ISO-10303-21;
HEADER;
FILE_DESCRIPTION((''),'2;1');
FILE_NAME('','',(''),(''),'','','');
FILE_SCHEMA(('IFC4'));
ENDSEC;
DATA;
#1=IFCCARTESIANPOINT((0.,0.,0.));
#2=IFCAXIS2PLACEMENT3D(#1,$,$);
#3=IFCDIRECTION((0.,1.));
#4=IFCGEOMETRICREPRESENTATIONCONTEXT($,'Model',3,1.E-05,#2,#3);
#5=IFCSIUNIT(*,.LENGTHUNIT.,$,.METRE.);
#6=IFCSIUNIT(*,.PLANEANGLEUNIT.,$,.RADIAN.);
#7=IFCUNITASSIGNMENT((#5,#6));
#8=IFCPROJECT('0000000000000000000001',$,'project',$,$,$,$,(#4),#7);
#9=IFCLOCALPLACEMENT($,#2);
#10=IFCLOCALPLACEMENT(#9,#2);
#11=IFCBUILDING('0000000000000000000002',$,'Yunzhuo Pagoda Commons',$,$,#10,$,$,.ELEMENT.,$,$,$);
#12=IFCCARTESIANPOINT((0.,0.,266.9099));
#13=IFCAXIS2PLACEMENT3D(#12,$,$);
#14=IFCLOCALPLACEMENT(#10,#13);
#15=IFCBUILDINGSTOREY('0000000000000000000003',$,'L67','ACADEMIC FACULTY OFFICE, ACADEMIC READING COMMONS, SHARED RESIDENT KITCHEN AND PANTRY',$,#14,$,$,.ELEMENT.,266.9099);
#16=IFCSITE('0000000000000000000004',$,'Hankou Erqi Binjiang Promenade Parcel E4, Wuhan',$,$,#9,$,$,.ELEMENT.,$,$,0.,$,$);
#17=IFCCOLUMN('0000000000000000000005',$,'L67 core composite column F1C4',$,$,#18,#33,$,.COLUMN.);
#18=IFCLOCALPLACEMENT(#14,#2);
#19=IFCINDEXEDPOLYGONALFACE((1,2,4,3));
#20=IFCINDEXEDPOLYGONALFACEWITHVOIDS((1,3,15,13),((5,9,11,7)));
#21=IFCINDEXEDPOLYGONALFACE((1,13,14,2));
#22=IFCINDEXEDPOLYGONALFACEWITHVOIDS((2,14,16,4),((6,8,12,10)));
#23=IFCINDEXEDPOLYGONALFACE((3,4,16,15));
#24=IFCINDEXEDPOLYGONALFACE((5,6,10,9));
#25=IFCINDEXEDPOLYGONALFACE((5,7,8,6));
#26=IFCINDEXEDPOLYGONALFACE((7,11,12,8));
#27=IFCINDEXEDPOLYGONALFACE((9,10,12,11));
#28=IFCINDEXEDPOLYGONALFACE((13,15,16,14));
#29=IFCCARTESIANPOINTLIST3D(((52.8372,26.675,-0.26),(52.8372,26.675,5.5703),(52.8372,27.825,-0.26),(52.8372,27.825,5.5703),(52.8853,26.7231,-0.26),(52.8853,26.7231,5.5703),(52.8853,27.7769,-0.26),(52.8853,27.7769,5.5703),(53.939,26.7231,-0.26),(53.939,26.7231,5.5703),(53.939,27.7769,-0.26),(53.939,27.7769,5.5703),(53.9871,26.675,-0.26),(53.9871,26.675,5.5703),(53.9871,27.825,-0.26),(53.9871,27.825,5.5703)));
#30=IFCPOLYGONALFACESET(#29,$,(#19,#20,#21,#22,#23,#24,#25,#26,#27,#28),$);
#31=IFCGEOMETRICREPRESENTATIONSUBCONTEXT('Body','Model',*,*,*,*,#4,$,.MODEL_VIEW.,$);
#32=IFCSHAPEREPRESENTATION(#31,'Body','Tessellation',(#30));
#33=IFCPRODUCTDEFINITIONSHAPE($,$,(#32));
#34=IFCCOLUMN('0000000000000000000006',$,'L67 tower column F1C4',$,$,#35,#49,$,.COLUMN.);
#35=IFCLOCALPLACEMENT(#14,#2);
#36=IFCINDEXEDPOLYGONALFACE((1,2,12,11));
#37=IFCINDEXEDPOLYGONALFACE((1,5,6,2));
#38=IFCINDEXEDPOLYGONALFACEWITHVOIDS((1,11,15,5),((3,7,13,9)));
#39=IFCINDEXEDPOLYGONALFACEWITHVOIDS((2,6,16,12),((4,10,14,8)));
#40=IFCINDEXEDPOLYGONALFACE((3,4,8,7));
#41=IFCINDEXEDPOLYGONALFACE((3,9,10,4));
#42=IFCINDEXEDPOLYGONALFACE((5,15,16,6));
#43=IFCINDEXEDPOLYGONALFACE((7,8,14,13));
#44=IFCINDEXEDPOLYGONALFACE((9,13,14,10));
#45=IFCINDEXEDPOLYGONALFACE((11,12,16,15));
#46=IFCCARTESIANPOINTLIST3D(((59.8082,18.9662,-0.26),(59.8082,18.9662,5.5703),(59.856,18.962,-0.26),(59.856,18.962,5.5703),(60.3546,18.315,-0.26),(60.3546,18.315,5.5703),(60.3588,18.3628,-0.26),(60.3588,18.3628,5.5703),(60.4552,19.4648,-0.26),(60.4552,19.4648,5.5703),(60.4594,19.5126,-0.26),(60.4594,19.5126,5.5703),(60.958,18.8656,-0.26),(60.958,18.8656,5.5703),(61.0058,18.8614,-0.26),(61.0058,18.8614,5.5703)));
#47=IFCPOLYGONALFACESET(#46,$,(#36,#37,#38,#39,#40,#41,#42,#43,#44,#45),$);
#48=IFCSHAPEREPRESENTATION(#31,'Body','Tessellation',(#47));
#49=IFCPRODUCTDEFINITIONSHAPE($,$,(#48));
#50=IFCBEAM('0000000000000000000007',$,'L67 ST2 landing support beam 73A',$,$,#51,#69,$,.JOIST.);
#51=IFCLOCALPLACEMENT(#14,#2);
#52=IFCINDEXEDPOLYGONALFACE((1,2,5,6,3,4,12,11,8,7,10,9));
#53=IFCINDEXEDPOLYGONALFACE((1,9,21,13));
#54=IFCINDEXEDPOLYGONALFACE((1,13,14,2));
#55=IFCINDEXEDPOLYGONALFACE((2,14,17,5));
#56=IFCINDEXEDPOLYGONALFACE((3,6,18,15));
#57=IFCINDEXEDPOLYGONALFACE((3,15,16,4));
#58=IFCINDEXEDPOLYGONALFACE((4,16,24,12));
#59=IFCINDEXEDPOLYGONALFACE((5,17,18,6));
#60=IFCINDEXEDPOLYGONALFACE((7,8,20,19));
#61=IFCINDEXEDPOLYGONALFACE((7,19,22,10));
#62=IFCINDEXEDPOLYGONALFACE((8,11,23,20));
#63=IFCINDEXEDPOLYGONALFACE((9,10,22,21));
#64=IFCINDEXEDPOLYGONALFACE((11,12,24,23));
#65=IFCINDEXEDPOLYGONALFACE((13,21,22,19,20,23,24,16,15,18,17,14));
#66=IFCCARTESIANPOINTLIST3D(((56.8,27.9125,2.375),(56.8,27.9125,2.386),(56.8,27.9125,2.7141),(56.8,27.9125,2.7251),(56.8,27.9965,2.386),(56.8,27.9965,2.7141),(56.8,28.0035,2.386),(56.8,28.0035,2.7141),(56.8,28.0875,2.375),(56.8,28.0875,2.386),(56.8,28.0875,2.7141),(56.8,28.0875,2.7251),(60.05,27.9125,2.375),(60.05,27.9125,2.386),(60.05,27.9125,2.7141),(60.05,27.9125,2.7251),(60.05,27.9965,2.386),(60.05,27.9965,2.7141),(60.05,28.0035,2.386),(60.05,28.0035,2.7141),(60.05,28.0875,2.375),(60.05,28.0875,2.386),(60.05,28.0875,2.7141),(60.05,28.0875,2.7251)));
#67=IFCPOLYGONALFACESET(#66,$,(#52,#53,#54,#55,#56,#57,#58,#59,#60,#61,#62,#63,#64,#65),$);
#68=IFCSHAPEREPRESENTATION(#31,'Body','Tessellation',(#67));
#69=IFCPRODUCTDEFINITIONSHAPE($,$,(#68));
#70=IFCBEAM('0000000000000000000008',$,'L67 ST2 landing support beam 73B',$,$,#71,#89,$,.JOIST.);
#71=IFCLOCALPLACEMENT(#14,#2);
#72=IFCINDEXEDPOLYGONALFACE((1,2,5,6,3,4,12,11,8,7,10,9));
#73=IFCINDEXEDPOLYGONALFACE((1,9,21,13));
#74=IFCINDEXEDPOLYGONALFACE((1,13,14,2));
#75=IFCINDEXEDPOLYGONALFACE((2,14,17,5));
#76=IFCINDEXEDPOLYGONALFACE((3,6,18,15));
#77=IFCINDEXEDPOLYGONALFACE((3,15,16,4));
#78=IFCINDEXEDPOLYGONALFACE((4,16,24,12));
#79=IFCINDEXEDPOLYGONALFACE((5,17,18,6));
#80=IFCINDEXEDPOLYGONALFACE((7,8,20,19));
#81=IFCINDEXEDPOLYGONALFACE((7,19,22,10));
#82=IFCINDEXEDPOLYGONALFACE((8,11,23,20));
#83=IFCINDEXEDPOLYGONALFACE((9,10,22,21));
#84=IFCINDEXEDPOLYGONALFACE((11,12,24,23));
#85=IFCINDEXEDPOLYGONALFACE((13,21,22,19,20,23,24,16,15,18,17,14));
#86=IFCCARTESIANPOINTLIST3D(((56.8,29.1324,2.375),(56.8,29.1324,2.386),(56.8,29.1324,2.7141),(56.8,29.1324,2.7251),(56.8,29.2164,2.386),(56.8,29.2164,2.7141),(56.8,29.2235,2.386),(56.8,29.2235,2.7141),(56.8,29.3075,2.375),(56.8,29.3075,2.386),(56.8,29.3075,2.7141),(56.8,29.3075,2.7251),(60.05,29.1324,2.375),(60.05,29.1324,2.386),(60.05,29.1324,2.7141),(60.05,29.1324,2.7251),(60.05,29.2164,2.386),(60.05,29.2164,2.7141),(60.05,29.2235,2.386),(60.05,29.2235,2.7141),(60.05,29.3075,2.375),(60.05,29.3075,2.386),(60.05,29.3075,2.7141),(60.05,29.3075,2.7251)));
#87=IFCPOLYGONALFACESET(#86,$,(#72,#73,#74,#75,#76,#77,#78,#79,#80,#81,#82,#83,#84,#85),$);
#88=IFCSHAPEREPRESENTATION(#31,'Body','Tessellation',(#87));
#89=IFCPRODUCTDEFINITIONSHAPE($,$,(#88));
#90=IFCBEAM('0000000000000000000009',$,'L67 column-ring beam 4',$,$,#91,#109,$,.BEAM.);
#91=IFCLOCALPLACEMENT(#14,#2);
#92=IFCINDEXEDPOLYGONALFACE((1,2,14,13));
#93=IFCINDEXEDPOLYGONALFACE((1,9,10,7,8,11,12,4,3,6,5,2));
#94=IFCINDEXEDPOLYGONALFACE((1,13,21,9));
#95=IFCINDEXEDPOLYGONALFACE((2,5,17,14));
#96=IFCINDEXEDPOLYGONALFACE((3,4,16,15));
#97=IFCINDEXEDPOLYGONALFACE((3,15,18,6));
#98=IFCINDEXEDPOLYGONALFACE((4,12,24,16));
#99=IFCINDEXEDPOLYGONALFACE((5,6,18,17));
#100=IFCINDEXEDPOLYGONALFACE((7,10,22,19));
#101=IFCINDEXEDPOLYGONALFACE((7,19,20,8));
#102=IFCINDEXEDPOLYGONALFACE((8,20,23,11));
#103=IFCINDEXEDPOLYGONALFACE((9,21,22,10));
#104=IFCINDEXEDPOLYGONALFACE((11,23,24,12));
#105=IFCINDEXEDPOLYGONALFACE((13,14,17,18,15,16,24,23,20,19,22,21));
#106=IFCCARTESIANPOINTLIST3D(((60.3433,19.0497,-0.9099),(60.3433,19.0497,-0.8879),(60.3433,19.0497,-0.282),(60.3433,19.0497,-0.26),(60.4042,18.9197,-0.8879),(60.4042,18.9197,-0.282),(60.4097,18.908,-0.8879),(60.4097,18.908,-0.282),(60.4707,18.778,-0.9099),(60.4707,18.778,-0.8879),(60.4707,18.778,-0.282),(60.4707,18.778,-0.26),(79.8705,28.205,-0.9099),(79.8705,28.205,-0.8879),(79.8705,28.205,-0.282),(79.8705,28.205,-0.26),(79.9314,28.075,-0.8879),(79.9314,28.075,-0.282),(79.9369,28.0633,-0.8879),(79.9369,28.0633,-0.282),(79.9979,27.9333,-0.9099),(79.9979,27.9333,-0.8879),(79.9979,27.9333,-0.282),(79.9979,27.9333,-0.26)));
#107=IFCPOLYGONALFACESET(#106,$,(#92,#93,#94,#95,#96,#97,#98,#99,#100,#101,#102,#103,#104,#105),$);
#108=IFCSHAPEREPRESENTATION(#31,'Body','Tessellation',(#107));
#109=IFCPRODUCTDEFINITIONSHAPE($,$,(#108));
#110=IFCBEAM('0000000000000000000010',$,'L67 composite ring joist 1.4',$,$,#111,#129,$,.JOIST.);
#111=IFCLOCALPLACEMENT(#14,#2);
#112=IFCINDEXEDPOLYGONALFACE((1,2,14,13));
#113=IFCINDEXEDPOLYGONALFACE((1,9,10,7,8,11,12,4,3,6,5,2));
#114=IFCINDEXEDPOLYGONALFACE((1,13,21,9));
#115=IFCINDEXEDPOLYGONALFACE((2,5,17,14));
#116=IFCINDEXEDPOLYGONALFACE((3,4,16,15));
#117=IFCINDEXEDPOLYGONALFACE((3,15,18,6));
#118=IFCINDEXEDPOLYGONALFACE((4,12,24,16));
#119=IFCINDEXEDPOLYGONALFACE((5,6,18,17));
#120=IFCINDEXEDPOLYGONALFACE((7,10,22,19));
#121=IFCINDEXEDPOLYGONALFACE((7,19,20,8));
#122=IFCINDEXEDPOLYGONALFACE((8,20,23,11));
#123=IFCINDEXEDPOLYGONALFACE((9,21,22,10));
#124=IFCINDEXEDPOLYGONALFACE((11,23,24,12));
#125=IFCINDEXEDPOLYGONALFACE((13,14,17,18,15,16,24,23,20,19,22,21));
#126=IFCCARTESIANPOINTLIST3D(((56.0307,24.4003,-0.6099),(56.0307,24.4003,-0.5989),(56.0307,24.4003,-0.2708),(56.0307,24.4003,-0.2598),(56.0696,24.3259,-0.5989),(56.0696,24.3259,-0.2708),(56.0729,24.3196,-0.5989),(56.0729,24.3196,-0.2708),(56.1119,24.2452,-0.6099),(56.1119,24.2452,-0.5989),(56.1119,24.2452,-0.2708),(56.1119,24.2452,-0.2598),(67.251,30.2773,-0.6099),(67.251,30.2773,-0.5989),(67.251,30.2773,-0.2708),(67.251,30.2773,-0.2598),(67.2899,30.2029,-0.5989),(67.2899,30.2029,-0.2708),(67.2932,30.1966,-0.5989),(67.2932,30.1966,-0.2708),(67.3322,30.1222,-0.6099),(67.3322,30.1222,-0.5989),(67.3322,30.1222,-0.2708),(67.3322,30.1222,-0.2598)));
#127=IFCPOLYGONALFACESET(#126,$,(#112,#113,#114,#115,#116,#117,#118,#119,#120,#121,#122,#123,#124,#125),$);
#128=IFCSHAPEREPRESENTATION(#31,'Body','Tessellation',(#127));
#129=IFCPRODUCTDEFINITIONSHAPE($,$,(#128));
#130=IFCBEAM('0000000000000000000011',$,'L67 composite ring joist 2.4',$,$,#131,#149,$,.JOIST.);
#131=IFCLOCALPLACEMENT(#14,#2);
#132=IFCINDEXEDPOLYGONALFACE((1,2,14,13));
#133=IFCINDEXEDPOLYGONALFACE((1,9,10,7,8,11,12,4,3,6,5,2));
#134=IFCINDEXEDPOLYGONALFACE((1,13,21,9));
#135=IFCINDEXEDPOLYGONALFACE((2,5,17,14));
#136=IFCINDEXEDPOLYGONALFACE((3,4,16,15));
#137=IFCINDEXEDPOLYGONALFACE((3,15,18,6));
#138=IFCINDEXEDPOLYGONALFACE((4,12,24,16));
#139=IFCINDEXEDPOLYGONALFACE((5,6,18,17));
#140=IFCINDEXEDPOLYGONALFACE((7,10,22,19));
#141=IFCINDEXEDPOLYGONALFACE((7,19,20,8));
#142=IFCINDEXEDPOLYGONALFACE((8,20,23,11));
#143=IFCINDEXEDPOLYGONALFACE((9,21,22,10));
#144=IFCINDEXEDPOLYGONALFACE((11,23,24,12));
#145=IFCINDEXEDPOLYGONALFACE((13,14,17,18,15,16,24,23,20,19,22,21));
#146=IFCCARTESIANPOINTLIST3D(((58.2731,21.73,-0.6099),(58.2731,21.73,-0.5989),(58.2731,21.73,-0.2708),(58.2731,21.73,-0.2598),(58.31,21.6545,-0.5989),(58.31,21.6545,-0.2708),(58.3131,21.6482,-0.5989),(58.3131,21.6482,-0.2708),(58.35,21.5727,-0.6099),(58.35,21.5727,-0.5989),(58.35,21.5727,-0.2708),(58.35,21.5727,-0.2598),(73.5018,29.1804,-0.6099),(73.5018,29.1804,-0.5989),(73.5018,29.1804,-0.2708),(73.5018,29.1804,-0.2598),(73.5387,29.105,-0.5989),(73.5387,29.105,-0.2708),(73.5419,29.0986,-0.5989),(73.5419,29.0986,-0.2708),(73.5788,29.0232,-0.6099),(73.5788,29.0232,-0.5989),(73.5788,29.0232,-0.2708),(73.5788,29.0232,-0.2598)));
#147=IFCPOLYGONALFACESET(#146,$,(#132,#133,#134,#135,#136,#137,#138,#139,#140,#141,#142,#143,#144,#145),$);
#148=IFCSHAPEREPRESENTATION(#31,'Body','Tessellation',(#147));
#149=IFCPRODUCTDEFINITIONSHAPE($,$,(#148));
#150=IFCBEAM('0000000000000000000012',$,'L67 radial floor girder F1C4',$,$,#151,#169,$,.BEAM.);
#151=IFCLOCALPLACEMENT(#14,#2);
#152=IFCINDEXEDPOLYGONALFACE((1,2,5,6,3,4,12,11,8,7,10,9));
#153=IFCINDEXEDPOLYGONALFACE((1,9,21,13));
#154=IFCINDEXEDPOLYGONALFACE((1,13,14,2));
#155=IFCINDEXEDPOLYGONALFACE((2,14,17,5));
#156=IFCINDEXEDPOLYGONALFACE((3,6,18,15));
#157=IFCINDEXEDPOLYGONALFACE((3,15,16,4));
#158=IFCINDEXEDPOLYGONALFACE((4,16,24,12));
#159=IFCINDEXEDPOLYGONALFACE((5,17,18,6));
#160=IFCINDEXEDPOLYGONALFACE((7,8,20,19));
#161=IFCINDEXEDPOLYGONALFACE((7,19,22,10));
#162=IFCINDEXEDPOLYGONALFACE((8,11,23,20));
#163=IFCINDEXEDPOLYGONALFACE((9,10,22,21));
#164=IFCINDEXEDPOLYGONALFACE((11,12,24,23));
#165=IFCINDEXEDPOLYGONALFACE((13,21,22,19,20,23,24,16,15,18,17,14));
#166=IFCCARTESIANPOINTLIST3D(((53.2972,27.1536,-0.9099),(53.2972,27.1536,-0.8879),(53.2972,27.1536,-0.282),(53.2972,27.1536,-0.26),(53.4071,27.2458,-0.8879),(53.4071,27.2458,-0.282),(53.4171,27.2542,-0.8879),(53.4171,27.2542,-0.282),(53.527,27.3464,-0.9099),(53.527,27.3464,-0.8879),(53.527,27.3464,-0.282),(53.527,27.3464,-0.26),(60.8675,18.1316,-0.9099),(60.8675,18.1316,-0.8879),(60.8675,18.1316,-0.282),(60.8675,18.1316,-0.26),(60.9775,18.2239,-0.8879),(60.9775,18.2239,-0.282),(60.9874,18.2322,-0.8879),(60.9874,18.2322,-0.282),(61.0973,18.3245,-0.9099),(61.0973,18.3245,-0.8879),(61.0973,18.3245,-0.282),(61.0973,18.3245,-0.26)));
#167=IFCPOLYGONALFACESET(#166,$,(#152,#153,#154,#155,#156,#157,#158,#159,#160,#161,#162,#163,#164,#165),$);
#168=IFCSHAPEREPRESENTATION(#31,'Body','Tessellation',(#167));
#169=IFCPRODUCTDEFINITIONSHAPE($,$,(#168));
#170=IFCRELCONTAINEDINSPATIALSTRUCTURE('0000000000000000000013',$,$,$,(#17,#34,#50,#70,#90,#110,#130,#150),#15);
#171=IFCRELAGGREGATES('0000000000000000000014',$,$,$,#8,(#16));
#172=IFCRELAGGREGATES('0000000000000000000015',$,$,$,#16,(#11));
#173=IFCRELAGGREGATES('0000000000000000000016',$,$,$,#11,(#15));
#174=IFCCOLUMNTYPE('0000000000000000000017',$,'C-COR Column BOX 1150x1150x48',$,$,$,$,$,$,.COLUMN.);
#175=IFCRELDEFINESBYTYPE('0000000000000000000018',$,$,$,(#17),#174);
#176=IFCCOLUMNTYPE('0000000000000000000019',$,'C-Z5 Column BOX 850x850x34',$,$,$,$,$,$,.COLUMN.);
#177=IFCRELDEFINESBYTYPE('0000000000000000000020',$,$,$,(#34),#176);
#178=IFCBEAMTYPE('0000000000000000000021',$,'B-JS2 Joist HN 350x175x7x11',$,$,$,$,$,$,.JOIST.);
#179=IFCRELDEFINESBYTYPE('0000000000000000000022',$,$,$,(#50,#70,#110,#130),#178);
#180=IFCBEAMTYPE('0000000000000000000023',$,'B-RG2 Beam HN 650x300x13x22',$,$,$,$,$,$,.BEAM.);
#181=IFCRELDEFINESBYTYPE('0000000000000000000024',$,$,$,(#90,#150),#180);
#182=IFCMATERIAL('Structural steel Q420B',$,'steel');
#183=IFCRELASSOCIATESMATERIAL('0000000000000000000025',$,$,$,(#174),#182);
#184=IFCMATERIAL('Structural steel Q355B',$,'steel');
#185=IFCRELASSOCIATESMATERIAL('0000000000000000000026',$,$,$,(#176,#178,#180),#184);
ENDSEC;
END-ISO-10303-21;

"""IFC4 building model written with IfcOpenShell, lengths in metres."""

from ifc_helpers import new_model, si_unit, direction, frame, origin, origin_2d, place, context, subcontext, project, spatial, hollow_rectangle, i_section, extrude, source, transform, mapped, material, material_profile, profile_set, type_object, element, save


model = new_model("IFC4")

# Units and contexts
model_context = context("Model", 3, precision=1e-05, world=origin(), true_north=direction((0.0, 1.0)))
body_context = subcontext(model_context, "Body", "Model", "MODEL_VIEW")
ifc_project = project(units=[si_unit("LENGTHUNIT", "METRE"), si_unit("PLANEANGLEUNIT", "RADIAN")], contexts=[model_context])

# Site, building, storey
site_placement = place(None, origin())
site = spatial("IfcSite", under=ifc_project, at=site_placement, Name="Hankou Erqi Binjiang Promenade Parcel E4, Wuhan", CompositionType="ELEMENT", RefElevation=0.0)
building_placement = place(site_placement, origin())
building = spatial("IfcBuilding", under=site, at=building_placement, Name="Yunzhuo Pagoda Commons", CompositionType="ELEMENT")
storey_placement = place(building_placement, frame((0.0, 0.0, 266.9099)))
storey = spatial("IfcBuildingStorey", under=building, at=storey_placement, Name="L67", Description="ACADEMIC FACULTY OFFICE, ACADEMIC READING COMMONS, SHARED RESIDENT KITCHEN AND PANTRY", CompositionType="ELEMENT", Elevation=266.9099)

# Columns
ifc_material_1 = material(Name="Structural steel Q420B", Category="steel")
ifc_material_profile_1 = material_profile(ifc_material_1, hollow_rectangle(XDim=1.1499, YDim=1.1499, WallThickness=0.0481, at=origin_2d()), Name="Structural steel Q420B")
ifc_profile_set_1 = profile_set([ifc_material_profile_1], Name="Structural steel Q420B")
column_type_1 = type_object("IfcColumnType", Name="C-COR Column BOX 1150x1150x48", PredefinedType="COLUMN", material=ifc_profile_set_1)
shared_shape_1 = source(origin(), body_context, "Body", "SweptSolid", [
    extrude(hollow_rectangle(XDim=1.1499, YDim=1.1499, WallThickness=0.0481, at=origin_2d()), origin(), (0.0, 0.0, 1.0), 5.8303),
])
column_1_placement = place(storey_placement, frame((53.4121, 27.25, -0.26), z_axis=(0.0, 0.0, 1.0), x_axis=(1.0, 0.0, 0.0)))
element("IfcColumn", 1, at=column_1_placement, inside=storey, type_object=column_type_1, Name="L67 core composite column F1C4", PredefinedType="COLUMN", context=body_context, shape_type="MappedRepresentation", body=[
    mapped(shared_shape_1, transform((0.0, 0.0, 0.0), scale=1.0)),
])
ifc_material_2 = material(Name="Structural steel Q355B", Category="steel")
ifc_material_profile_2 = material_profile(ifc_material_2, hollow_rectangle(XDim=0.8501, YDim=0.8501, WallThickness=0.0339, at=origin_2d()), Name="Structural steel Q355B")
ifc_profile_set_2 = profile_set([ifc_material_profile_2], Name="Structural steel Q355B")
column_type_2 = type_object("IfcColumnType", Name="C-Z5 Column BOX 850x850x34", PredefinedType="COLUMN", material=ifc_profile_set_2)
shared_shape_2 = source(origin(), body_context, "Body", "SweptSolid", [
    extrude(hollow_rectangle(XDim=0.8501, YDim=0.8501, WallThickness=0.0339, at=origin_2d()), origin(), (0.0, 0.0, 1.0), 5.8303),
])
column_2_placement = place(storey_placement, frame((60.407, 18.9138, -0.26), z_axis=(0.0, 0.0, 1.0), x_axis=(0.766044, 0.642788, 0.0)))
element("IfcColumn", 2, at=column_2_placement, inside=storey, type_object=column_type_2, Name="L67 tower column F1C4", PredefinedType="COLUMN", context=body_context, shape_type="MappedRepresentation", body=[
    mapped(shared_shape_2, transform((0.0, 0.0, 0.0), scale=1.0)),
])

# Beams
ifc_material_profile_3 = material_profile(ifc_material_2, i_section(OverallWidth=0.175, OverallDepth=0.3501, WebThickness=0.0071, FlangeThickness=0.011, at=origin_2d()), Name="Structural steel Q355B")
ifc_profile_set_3 = profile_set([ifc_material_profile_3], Name="Structural steel Q355B")
beam_type_1 = type_object("IfcBeamType", Name="B-JS2 Joist HN 350x175x7x11", PredefinedType="JOIST", material=ifc_profile_set_3)
shared_shape_3 = source(origin(), body_context, "Body", "SweptSolid", [
    extrude(i_section(OverallWidth=0.175, OverallDepth=0.3501, WebThickness=0.0071, FlangeThickness=0.011, at=origin_2d()), origin(), (0.0, 0.0, 1.0), 3.25),
])
for number, where, z_axis, x_axis, name in (
    (3, (56.8, 28.0, 2.55), (1.0, 0.0, 0.0), (0.0, 1.0, 0.0), "L67 ST2 landing support beam 73A"),
    (4, (56.8, 29.22, 2.55), (1.0, 0.0, 0.0), (0.0, 1.0, 0.0), "L67 ST2 landing support beam 73B"),
):
    element("IfcBeam", number, at=place(storey_placement, frame(where, z_axis=z_axis, x_axis=x_axis)), inside=storey, type_object=beam_type_1, Name=name, PredefinedType="JOIST", context=body_context, shape_type="MappedRepresentation", body=[
        mapped(shared_shape_3, transform((0.0, 0.0, 0.0), scale=1.0)),
    ])
ifc_material_profile_4 = material_profile(ifc_material_2, i_section(OverallWidth=0.3, OverallDepth=0.6499, WebThickness=0.0129, FlangeThickness=0.022, at=origin_2d()), Name="Structural steel Q355B")
ifc_profile_set_4 = profile_set([ifc_material_profile_4], Name="Structural steel Q355B")
beam_type_2 = type_object("IfcBeamType", Name="B-RG2 Beam HN 650x300x13x22", PredefinedType="BEAM", material=ifc_profile_set_4)
shared_shape_4 = source(origin(), body_context, "Body", "SweptSolid", [
    extrude(i_section(OverallWidth=0.3, OverallDepth=0.6499, WebThickness=0.0129, FlangeThickness=0.022, at=origin_2d()), origin(), (0.0, 0.0, 1.0), 21.5669),
])
beam_1_placement = place(storey_placement, frame((60.407, 18.9138, -0.585), z_axis=(0.905424, 0.424508, 0.0), x_axis=(-0.424508, 0.905424, 0.0)))
element("IfcBeam", 5, at=beam_1_placement, inside=storey, type_object=beam_type_2, Name="L67 column-ring beam 4", PredefinedType="BEAM", context=body_context, shape_type="MappedRepresentation", body=[
    mapped(shared_shape_4, transform((0.0, 0.0, 0.0), scale=1.0)),
])
shared_shape_5 = source(origin(), body_context, "Body", "SweptSolid", [
    extrude(i_section(OverallWidth=0.175, OverallDepth=0.3501, WebThickness=0.0071, FlangeThickness=0.011, at=origin_2d()), origin(), (0.0, 0.0, 1.0), 12.6663),
])
beam_2_placement = place(storey_placement, frame((56.0713, 24.3228, -0.4348), z_axis=(0.885841, 0.463988, 0.0), x_axis=(-0.463988, 0.885841, 0.0)))
element("IfcBeam", 6, at=beam_2_placement, inside=storey, type_object=beam_type_1, Name="L67 composite ring joist 1.4", PredefinedType="JOIST", context=body_context, shape_type="MappedRepresentation", body=[
    mapped(shared_shape_5, transform((0.0, 0.0, 0.0), scale=1.0)),
])
shared_shape_6 = source(origin(), body_context, "Body", "SweptSolid", [
    extrude(i_section(OverallWidth=0.175, OverallDepth=0.3501, WebThickness=0.0071, FlangeThickness=0.011, at=origin_2d()), origin(), (0.0, 0.0, 1.0), 16.9536),
])
beam_3_placement = place(storey_placement, frame((58.3115, 21.6514, -0.4348), z_axis=(0.898262, 0.439461, 0.0), x_axis=(-0.439461, 0.898262, 0.0)))
element("IfcBeam", 7, at=beam_3_placement, inside=storey, type_object=beam_type_1, Name="L67 composite ring joist 2.4", PredefinedType="JOIST", context=body_context, shape_type="MappedRepresentation", body=[
    mapped(shared_shape_6, transform((0.0, 0.0, 0.0), scale=1.0)),
])
shared_shape_7 = source(origin(), body_context, "Body", "SweptSolid", [
    extrude(i_section(OverallWidth=0.3, OverallDepth=0.6499, WebThickness=0.0129, FlangeThickness=0.022, at=origin_2d()), origin(), (0.0, 0.0, 1.0), 11.7773),
])
beam_4_placement = place(storey_placement, frame((60.9824, 18.228, -0.585), z_axis=(-0.642787, 0.766045, 0.0), x_axis=(-0.766045, -0.642787, 0.0)))
element("IfcBeam", 8, at=beam_4_placement, inside=storey, type_object=beam_type_2, Name="L67 radial floor girder F1C4", PredefinedType="BEAM", context=body_context, shape_type="MappedRepresentation", body=[
    mapped(shared_shape_7, transform((0.0, 0.0, 0.0), scale=1.0)),
])

save(model, "model.ifc")
